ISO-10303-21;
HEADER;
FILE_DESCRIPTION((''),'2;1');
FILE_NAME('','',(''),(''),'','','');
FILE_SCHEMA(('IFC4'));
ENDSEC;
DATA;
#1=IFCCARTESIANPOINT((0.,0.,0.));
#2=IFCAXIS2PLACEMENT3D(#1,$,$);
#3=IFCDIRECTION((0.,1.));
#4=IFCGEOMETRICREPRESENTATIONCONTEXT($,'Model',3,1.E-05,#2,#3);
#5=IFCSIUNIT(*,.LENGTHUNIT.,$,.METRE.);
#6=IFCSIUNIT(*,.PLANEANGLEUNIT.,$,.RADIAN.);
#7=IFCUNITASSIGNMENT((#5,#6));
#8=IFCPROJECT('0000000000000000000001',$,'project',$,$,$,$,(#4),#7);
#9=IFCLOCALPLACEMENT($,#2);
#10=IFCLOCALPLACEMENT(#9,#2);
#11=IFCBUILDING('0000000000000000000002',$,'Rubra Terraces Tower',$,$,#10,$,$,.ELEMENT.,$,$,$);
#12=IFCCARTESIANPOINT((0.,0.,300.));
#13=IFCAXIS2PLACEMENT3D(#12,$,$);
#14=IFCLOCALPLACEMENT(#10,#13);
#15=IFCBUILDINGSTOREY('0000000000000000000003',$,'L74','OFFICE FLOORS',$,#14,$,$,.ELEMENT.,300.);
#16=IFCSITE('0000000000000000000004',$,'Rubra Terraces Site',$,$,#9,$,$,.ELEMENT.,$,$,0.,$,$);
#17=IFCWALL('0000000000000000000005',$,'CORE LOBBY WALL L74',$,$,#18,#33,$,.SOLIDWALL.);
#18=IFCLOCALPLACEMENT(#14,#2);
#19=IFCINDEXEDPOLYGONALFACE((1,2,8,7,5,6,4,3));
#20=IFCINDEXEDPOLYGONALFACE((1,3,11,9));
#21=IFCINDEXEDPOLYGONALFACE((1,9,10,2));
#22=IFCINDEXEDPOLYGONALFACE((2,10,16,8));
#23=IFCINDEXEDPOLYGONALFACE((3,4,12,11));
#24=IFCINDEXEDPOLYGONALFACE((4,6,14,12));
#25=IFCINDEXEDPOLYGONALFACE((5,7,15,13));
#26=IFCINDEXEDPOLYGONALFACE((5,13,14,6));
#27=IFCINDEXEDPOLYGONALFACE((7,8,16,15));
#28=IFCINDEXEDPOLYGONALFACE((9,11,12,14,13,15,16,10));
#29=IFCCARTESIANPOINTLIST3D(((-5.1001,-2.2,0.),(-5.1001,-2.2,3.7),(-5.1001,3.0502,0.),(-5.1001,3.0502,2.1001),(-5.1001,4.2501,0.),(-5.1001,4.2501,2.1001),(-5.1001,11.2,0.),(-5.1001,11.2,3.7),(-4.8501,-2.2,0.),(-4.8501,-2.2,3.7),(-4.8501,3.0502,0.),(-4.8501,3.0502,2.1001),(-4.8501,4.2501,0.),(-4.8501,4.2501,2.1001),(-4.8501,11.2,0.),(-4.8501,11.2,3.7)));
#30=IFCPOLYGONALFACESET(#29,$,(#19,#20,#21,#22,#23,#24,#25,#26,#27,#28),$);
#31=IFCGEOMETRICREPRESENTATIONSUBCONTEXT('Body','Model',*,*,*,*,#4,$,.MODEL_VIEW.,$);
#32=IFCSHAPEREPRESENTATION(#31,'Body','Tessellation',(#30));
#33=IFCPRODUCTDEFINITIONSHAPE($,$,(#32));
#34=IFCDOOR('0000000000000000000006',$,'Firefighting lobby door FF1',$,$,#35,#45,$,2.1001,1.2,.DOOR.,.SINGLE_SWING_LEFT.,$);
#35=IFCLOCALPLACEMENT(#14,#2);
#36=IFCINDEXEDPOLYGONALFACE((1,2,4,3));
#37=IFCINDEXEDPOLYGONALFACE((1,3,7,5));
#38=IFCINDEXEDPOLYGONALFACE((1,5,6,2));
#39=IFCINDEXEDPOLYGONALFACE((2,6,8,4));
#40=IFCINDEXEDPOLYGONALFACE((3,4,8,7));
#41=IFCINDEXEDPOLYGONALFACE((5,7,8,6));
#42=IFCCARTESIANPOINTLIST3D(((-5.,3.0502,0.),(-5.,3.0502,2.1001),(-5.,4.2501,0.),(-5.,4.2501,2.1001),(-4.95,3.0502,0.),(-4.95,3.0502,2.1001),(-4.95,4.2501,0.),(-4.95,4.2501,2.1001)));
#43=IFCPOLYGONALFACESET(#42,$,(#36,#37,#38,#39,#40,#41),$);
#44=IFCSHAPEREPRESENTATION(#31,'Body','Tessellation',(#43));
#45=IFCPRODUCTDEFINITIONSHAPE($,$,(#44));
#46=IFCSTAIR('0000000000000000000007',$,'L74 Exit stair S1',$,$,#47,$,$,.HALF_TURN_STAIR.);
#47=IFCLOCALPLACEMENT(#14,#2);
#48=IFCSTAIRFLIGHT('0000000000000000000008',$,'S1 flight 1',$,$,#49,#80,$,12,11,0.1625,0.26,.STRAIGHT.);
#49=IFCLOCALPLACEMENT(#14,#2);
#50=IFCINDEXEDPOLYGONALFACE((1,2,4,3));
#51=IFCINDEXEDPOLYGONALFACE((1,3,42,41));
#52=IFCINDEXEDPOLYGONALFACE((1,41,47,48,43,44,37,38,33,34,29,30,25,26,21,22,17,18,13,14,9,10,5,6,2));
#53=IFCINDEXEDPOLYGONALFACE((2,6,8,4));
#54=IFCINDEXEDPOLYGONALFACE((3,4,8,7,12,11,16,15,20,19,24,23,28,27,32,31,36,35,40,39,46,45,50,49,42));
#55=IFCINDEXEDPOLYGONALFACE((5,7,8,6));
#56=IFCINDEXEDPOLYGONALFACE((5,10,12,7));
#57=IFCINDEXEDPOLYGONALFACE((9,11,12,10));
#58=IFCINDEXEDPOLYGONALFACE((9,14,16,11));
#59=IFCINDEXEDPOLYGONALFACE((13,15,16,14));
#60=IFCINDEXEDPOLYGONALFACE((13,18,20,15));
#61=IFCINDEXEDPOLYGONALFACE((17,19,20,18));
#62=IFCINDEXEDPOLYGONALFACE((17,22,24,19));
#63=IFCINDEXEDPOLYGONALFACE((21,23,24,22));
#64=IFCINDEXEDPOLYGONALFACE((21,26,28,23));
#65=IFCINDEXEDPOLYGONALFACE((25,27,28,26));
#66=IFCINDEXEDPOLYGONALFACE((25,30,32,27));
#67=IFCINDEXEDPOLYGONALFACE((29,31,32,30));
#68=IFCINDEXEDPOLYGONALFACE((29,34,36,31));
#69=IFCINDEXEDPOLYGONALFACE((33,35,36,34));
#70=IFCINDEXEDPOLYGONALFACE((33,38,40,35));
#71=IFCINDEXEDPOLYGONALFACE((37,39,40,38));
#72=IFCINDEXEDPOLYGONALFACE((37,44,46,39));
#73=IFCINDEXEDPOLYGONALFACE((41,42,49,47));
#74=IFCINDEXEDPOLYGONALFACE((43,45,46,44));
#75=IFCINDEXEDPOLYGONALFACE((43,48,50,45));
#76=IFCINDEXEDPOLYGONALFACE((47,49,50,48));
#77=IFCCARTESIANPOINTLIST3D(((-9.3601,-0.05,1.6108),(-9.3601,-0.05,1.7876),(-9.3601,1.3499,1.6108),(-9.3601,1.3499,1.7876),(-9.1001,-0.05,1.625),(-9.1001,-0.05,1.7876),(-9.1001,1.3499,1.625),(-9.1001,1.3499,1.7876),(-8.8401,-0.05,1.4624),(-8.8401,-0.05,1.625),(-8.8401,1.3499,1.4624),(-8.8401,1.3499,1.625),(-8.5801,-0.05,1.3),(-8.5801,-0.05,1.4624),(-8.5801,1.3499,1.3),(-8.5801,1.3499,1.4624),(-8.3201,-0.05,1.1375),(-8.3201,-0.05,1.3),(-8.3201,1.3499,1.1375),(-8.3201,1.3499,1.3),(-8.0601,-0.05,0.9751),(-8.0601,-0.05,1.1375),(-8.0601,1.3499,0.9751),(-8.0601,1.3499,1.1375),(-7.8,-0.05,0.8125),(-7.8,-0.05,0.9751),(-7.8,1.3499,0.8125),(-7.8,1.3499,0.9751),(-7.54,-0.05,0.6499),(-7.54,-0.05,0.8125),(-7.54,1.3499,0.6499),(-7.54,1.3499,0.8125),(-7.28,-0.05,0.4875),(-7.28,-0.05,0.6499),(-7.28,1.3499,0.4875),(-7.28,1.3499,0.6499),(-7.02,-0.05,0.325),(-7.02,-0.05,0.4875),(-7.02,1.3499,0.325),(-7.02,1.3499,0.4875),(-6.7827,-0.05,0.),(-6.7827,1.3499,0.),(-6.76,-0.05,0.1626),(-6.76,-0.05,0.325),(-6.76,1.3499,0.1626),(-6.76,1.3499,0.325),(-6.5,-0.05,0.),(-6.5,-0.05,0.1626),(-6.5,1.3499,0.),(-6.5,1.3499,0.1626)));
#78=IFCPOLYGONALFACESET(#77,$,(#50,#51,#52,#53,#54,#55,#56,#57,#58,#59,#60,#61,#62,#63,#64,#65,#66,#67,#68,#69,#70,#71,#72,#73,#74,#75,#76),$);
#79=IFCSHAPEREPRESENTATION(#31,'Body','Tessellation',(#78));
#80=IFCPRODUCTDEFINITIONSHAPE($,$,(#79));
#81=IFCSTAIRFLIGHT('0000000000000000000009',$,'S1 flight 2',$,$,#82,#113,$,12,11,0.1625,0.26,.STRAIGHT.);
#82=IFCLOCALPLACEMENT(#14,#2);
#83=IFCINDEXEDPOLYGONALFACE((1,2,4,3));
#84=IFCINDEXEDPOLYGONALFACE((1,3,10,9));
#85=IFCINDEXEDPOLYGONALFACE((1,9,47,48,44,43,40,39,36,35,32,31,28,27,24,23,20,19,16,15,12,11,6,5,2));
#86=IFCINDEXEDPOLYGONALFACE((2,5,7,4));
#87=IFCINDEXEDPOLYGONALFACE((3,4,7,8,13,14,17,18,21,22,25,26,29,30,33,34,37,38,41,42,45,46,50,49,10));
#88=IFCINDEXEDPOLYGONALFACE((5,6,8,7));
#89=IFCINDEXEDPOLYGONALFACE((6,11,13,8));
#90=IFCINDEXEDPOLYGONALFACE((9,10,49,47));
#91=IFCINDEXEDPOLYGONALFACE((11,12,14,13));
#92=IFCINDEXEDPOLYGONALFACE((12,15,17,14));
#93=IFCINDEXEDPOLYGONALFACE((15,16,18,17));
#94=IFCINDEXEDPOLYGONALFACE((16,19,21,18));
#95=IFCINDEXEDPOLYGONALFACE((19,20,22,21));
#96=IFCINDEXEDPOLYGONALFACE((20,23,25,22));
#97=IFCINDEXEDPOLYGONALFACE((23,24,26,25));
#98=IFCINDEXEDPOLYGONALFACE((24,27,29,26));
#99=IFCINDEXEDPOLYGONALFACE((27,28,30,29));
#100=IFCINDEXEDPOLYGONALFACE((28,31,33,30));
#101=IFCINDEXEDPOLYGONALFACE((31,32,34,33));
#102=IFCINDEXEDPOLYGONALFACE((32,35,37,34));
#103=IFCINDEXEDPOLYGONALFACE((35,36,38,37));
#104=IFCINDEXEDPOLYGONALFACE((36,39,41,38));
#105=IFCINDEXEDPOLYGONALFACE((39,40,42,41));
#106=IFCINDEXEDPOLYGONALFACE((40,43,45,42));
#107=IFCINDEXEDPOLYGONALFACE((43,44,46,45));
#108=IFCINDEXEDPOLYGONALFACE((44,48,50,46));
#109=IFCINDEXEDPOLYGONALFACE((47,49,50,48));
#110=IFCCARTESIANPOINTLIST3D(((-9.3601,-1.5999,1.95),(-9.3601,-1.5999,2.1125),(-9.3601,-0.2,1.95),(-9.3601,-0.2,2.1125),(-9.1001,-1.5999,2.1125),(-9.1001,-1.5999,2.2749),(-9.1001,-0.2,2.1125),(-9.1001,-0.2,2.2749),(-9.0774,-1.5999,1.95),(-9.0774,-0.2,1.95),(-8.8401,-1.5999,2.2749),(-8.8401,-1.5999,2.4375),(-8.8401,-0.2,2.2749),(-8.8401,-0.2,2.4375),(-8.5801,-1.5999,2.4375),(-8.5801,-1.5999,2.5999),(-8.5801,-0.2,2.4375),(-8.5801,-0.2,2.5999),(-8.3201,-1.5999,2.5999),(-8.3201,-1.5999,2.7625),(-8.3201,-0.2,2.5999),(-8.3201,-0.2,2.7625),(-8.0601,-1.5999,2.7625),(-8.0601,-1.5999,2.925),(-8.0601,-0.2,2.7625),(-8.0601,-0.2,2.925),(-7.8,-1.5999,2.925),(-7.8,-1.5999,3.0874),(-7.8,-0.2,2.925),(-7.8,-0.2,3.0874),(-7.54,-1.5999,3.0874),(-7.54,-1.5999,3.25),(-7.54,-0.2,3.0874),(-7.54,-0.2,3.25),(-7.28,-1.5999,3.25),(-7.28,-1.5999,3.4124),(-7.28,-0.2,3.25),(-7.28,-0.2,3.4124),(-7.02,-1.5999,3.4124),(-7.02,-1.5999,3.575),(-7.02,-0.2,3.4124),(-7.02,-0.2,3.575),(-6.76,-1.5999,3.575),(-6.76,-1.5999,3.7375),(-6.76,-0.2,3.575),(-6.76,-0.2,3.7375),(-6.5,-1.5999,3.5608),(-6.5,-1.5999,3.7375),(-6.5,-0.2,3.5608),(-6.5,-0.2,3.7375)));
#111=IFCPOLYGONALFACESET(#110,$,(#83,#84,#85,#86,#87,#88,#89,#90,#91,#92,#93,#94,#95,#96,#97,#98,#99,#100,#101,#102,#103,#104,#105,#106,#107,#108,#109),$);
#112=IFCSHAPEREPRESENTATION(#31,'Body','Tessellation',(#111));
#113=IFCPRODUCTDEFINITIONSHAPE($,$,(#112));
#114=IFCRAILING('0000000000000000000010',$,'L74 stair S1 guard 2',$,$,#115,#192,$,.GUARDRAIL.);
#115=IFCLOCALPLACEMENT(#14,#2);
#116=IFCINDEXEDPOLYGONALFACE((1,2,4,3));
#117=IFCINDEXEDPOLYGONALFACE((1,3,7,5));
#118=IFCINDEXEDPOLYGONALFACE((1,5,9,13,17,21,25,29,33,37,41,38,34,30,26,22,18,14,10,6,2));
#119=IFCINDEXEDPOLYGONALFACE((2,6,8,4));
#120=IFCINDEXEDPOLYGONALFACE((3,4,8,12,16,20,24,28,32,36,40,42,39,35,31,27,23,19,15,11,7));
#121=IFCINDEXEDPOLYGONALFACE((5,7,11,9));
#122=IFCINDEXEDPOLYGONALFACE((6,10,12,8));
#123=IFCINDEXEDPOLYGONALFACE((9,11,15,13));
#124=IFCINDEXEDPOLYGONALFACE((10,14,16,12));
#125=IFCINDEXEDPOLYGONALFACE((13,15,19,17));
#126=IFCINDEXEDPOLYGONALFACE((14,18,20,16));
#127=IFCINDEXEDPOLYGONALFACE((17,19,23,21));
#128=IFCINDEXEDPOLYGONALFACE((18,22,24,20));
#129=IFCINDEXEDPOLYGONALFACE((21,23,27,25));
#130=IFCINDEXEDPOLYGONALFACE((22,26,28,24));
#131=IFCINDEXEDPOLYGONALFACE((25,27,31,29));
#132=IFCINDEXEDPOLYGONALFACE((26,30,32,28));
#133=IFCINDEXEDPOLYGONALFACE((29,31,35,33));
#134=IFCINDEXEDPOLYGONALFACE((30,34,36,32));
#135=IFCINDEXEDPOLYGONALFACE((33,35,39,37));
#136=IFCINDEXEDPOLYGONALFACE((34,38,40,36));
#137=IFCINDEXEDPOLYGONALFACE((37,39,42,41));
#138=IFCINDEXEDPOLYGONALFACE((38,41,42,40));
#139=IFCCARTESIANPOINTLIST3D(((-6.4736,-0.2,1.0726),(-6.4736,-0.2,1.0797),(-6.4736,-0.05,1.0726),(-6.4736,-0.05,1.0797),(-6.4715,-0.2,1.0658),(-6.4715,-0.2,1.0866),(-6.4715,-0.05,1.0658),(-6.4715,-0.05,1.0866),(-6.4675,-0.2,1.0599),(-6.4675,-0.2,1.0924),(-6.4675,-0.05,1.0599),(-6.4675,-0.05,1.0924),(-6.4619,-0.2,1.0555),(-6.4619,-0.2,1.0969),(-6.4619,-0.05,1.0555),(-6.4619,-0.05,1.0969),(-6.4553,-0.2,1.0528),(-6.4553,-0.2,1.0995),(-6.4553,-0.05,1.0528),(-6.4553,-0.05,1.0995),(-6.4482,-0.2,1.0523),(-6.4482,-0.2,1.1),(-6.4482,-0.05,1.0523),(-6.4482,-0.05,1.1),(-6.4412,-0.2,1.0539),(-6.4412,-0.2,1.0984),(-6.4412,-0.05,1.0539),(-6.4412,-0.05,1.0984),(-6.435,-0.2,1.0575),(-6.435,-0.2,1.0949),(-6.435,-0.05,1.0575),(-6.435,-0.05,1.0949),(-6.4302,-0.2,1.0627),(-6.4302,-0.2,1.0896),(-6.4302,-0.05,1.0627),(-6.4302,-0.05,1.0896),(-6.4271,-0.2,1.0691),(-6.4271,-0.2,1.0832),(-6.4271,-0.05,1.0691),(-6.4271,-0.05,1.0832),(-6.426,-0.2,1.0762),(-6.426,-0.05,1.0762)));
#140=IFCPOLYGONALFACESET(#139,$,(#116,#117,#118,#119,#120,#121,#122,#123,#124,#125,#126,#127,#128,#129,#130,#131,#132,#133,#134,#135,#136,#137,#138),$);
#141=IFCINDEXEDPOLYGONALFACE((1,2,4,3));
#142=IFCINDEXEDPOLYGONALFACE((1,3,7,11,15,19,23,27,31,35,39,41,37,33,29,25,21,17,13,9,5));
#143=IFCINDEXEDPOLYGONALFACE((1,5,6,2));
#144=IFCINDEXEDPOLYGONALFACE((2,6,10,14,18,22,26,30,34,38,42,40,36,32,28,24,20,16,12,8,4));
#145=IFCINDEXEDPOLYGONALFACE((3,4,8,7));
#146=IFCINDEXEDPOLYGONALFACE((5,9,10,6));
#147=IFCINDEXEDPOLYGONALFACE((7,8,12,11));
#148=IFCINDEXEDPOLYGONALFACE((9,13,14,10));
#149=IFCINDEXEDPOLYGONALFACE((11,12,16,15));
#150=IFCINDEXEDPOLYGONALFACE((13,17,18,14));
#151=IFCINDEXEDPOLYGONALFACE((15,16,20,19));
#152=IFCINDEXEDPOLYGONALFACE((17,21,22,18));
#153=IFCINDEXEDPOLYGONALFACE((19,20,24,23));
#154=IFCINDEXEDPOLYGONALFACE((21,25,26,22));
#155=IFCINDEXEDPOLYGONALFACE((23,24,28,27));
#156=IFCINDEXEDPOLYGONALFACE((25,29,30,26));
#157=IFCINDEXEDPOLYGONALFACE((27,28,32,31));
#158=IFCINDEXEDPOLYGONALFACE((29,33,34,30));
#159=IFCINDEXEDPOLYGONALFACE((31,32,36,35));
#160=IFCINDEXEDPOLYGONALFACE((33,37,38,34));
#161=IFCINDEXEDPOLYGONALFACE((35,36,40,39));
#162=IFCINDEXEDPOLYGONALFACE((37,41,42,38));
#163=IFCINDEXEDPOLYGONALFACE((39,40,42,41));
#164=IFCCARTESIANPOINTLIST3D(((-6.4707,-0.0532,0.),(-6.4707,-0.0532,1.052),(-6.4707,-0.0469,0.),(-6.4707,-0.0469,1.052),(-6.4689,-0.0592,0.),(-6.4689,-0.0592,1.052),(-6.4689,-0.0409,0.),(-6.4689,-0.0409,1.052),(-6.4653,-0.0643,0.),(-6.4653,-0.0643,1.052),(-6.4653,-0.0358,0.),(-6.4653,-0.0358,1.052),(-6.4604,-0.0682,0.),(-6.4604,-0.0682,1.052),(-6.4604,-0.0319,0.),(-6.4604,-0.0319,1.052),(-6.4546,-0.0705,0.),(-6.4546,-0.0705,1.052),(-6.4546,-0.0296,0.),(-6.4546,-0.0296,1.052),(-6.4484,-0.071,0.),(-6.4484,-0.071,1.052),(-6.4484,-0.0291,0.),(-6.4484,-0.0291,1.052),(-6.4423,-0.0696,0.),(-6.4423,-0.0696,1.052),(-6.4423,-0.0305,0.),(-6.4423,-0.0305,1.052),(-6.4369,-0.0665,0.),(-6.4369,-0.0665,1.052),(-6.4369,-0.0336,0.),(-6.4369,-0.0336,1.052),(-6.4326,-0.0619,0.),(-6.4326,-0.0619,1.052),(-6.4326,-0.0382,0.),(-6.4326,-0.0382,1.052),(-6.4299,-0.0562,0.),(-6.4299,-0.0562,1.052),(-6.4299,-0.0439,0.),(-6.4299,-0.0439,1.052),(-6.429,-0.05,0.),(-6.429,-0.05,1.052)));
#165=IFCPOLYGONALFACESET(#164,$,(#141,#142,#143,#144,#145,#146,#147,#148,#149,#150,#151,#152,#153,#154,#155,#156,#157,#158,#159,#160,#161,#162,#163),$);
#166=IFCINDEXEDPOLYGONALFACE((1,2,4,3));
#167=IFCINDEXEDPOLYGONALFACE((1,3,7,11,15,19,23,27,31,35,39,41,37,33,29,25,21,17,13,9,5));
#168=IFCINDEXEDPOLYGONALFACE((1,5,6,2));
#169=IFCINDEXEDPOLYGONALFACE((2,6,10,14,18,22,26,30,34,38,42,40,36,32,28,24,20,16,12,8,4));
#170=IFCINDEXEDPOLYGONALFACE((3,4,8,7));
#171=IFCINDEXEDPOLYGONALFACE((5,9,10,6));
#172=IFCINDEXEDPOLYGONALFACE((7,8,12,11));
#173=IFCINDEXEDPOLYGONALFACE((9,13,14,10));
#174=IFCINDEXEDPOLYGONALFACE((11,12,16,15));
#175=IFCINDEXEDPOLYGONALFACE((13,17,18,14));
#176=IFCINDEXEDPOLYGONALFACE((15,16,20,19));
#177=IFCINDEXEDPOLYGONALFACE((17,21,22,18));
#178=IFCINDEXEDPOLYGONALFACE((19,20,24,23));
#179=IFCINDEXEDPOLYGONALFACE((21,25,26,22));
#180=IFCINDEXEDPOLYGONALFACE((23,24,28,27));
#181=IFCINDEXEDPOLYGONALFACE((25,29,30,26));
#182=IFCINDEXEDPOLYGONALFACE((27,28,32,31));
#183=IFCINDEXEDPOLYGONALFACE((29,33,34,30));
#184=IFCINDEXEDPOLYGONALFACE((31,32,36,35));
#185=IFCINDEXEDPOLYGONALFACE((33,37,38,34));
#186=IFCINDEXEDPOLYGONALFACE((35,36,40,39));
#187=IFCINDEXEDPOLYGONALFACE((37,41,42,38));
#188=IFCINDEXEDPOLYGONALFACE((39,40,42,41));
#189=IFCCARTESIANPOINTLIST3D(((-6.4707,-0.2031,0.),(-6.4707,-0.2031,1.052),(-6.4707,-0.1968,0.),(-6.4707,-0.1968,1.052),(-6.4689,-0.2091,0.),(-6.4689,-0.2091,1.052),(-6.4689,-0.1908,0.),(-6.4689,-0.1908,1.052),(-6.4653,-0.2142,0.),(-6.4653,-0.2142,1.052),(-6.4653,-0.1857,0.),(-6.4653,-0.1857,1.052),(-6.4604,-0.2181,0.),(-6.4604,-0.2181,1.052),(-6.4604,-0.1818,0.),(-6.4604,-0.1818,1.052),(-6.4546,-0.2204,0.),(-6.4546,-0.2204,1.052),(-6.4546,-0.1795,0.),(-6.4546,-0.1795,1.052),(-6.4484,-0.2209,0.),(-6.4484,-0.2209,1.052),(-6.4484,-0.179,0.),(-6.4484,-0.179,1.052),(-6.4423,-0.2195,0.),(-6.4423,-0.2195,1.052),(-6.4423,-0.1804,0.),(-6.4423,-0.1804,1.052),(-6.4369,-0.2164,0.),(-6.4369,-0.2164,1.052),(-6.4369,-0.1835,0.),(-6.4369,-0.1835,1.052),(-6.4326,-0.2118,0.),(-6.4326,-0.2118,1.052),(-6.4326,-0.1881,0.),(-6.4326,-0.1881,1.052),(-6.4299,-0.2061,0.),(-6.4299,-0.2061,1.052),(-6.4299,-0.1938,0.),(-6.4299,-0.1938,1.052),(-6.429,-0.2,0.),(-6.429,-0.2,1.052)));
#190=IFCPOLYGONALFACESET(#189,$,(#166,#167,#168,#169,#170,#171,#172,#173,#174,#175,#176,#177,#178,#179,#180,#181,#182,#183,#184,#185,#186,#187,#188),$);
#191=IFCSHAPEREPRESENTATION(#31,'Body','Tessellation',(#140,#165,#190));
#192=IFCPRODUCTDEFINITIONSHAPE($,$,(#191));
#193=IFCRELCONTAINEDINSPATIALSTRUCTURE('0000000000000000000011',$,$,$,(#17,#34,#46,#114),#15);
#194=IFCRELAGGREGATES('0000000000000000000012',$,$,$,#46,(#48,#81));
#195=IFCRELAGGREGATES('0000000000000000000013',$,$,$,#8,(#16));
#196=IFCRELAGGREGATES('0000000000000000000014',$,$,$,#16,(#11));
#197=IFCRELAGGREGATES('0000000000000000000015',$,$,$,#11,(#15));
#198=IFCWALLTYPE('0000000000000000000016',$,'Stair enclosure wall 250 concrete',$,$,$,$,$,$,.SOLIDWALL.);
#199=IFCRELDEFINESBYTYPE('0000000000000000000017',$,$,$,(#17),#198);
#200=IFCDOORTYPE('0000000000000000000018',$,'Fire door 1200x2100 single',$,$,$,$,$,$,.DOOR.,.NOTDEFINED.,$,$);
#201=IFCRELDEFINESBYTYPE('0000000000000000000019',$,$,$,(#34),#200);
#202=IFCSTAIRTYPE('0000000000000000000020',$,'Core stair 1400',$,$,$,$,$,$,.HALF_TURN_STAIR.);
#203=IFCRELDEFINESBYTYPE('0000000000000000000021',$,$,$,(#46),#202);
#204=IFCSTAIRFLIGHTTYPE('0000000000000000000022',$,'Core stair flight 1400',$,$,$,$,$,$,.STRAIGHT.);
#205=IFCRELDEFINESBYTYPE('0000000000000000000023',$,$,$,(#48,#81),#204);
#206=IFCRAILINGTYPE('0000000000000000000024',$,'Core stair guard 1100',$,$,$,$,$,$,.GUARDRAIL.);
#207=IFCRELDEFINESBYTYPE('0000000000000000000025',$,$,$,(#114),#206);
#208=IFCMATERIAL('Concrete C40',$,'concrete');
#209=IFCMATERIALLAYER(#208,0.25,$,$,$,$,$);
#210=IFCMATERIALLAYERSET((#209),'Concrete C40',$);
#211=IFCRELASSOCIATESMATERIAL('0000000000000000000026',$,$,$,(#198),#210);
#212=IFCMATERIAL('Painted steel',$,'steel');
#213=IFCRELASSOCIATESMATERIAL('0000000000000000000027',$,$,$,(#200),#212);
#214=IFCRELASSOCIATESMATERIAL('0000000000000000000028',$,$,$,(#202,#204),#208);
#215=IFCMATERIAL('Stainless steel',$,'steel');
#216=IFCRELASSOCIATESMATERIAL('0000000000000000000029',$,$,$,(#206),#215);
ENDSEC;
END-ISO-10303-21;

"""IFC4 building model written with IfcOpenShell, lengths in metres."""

from ifc_helpers import new_model, si_unit, direction, frame, frame_2d, origin, origin_2d, place, context, subcontext, project, spatial, polyline, rectangle, circle, outline, extrude, material, layer, layer_set, type_object, element, fill, aggregate, save


model = new_model("IFC4")

# Units and contexts
model_context = context("Model", 3, precision=1e-05, world=origin(), true_north=direction((0.0, 1.0)))
body_context = subcontext(model_context, "Body", "Model", "MODEL_VIEW")
ifc_project = project(units=[si_unit("LENGTHUNIT", "METRE"), si_unit("PLANEANGLEUNIT", "RADIAN")], contexts=[model_context])

# Site, building, storey
site_placement = place(None, origin())
site = spatial("IfcSite", under=ifc_project, at=site_placement, Name="Rubra Terraces Site", CompositionType="ELEMENT", RefElevation=0.0)
building_placement = place(site_placement, origin())
building = spatial("IfcBuilding", under=site, at=building_placement, Name="Rubra Terraces Tower", CompositionType="ELEMENT")
storey_placement = place(building_placement, frame((0.0, 0.0, 300.0)))
storey = spatial("IfcBuildingStorey", under=building, at=storey_placement, Name="L74", Description="OFFICE FLOORS", CompositionType="ELEMENT", Elevation=300.0)

# Shared definitions
ifc_material_1 = material(Name="Concrete C40", Category="concrete")

# Shared definitions
ifc_material_2 = material(Name="Painted steel", Category="steel")

# Wall, opening, door
ifc_layer_1 = layer(ifc_material_1, 0.25)
ifc_layer_set_1 = layer_set([ifc_layer_1], Name="Concrete C40")
wall_type_1 = type_object("IfcWallType", Name="Stair enclosure wall 250 concrete", PredefinedType="SOLIDWALL", material=ifc_layer_set_1)
wall_1_placement = place(storey_placement, frame((-4.9751, -2.2, 0.0), z_axis=(0.0, 0.0, 1.0), x_axis=(0.0, 1.0, 0.0)))
wall_1 = element("IfcWall", 1, at=wall_1_placement, inside=storey, type_object=wall_type_1, Name="CORE LOBBY WALL L74", PredefinedType="SOLIDWALL", context=body_context, shape_type="SweptSolid", body=[
    extrude(rectangle(XDim=13.3999, YDim=0.25, at=frame_2d((6.7, 0.0))), origin(), (0.0, 0.0, 1.0), 3.7),
])
opening_1_placement = place(wall_1_placement, frame((5.25, 0.0, 0.0)))
opening_1 = element("IfcOpeningElement", 2, at=opening_1_placement, cuts=wall_1, PredefinedType="OPENING", context=body_context, shape_type="SweptSolid", body=[
    extrude(rectangle(XDim=1.2, YDim=2.1001, at=frame_2d((0.6001, 1.05))), frame((0.0, 0.135, 0.0), z_axis=(0.0, -1.0, 0.0), x_axis=(1.0, 0.0, 0.0)), (0.0, 0.0, 1.0), 0.27),
])
door_type_1 = type_object("IfcDoorType", Name="Fire door 1200x2100 single", OperationType="NOTDEFINED", PredefinedType="DOOR", material=ifc_material_2)
door_1_placement = place(opening_1_placement, origin())
door_1 = element("IfcDoor", 3, at=door_1_placement, inside=storey, type_object=door_type_1, Name="Firefighting lobby door FF1", OperationType="SINGLE_SWING_LEFT", OverallHeight=2.1001, OverallWidth=1.2, PredefinedType="DOOR", context=body_context, shape_type="SweptSolid", body=[
    extrude(rectangle(XDim=1.2, YDim=2.1001, at=frame_2d((0.6001, 1.05))), frame((0.0, 0.0249, 0.0), z_axis=(0.0, -1.0, 0.0), x_axis=(1.0, 0.0, 0.0)), (0.0, 0.0, 1.0), 0.05),
])
fill(opening_1, door_1)

# Stair, stair flights
stair_type = type_object("IfcStairType", Name="Core stair 1400", PredefinedType="HALF_TURN_STAIR", material=ifc_material_1)
stair_placement = place(storey_placement, origin())
stair = element("IfcStair", 4, at=stair_placement, inside=storey, type_object=stair_type, Name="L74 Exit stair S1", PredefinedType="HALF_TURN_STAIR")
stair_flight_type = type_object("IfcStairFlightType", Name="Core stair flight 1400", PredefinedType="STRAIGHT", material=ifc_material_1)
stair_flight_1_placement = place(storey_placement, frame((-6.5, 0.6499, 0.0), z_axis=(0.0, 0.0, 1.0), x_axis=(-1.0, 0.0, 0.0)))
stair_flight_1 = element("IfcStairFlight", 5, at=stair_flight_1_placement, type_object=stair_flight_type, Name="S1 flight 1", NumberOfRisers=12, NumberOfTreads=11, PredefinedType="STRAIGHT", RiserHeight=0.1625, TreadLength=0.26, context=body_context, shape_type="SweptSolid", body=[
    extrude(outline(polyline([(0.0, 0.0), (0.0, 0.1626), (0.26, 0.1626), (0.26, 0.325), (0.52, 0.325), (0.52, 0.4875), (0.78, 0.4875), (0.78, 0.6499), (1.04, 0.6499), (1.04, 0.8125), (1.3, 0.8125), (1.3, 0.9751), (1.5601, 0.9751), (1.5601, 1.1375), (1.8201, 1.1375), (1.8201, 1.3), (2.0801, 1.3), (2.0801, 1.4624), (2.3401, 1.4624), (2.3401, 1.625), (2.6001, 1.625), (2.6001, 1.7876), (2.8601, 1.7876), (2.8601, 1.95), (2.8601, 1.6108), (0.2827, 0.0), (0.0, 0.0)])), frame((0.0, 0.7, 0.0), z_axis=(0.0, -1.0, 0.0), x_axis=(1.0, 0.0, 0.0)), (0.0, 0.0, 1.0), 1.3999),
])
stair_flight_2_placement = place(storey_placement, frame((-9.3601, -0.8999, 1.95), z_axis=(0.0, 0.0, 1.0), x_axis=(1.0, 0.0, 0.0)))
stair_flight_2 = element("IfcStairFlight", 6, at=stair_flight_2_placement, type_object=stair_flight_type, Name="S1 flight 2", NumberOfRisers=12, NumberOfTreads=11, PredefinedType="STRAIGHT", RiserHeight=0.1625, TreadLength=0.26, context=body_context, shape_type="SweptSolid", body=[
    extrude(outline(polyline([(0.0, 0.0), (0.0, 0.1626), (0.26, 0.1626), (0.26, 0.325), (0.52, 0.325), (0.52, 0.4875), (0.78, 0.4875), (0.78, 0.6499), (1.04, 0.6499), (1.04, 0.8125), (1.3, 0.8125), (1.3, 0.9751), (1.5601, 0.9751), (1.5601, 1.1375), (1.8201, 1.1375), (1.8201, 1.3), (2.0801, 1.3), (2.0801, 1.4624), (2.3401, 1.4624), (2.3401, 1.625), (2.6001, 1.625), (2.6001, 1.7876), (2.8601, 1.7876), (2.8601, 1.95), (2.8601, 1.6108), (0.2827, 0.0), (0.0, 0.0)])), frame((0.0, 0.7, 0.0), z_axis=(0.0, -1.0, 0.0), x_axis=(1.0, 0.0, 0.0)), (0.0, 0.0, 1.0), 1.3999),
])
aggregate(stair, [stair_flight_1, stair_flight_2])

# Railing
ifc_material_3 = material(Name="Stainless steel", Category="steel")
railing_type = type_object("IfcRailingType", Name="Core stair guard 1100", PredefinedType="GUARDRAIL", material=ifc_material_3)
railing_1_placement = place(storey_placement, frame((-6.45, -0.05, 0.0)))
element("IfcRailing", 7, at=railing_1_placement, inside=storey, type_object=railing_type, Name="L74 stair S1 guard 2", PredefinedType="GUARDRAIL", context=body_context, shape_type="SweptSolid", body=[
    extrude(circle(Radius=0.0239, at=origin_2d()), frame((0.0, 0.0, 1.0762), z_axis=(0.0, -1.0, 0.0), x_axis=(1.0, 0.0, 0.0)), (0.0, 0.0, 1.0), 0.1499),
    extrude(circle(Radius=0.021, at=origin_2d()), origin(), (0.0, 0.0, 1.0), 1.052),
    extrude(circle(Radius=0.021, at=origin_2d()), frame((0.0, -0.1499, 0.0)), (0.0, 0.0, 1.0), 1.052),
])

save(model, "model.ifc")
